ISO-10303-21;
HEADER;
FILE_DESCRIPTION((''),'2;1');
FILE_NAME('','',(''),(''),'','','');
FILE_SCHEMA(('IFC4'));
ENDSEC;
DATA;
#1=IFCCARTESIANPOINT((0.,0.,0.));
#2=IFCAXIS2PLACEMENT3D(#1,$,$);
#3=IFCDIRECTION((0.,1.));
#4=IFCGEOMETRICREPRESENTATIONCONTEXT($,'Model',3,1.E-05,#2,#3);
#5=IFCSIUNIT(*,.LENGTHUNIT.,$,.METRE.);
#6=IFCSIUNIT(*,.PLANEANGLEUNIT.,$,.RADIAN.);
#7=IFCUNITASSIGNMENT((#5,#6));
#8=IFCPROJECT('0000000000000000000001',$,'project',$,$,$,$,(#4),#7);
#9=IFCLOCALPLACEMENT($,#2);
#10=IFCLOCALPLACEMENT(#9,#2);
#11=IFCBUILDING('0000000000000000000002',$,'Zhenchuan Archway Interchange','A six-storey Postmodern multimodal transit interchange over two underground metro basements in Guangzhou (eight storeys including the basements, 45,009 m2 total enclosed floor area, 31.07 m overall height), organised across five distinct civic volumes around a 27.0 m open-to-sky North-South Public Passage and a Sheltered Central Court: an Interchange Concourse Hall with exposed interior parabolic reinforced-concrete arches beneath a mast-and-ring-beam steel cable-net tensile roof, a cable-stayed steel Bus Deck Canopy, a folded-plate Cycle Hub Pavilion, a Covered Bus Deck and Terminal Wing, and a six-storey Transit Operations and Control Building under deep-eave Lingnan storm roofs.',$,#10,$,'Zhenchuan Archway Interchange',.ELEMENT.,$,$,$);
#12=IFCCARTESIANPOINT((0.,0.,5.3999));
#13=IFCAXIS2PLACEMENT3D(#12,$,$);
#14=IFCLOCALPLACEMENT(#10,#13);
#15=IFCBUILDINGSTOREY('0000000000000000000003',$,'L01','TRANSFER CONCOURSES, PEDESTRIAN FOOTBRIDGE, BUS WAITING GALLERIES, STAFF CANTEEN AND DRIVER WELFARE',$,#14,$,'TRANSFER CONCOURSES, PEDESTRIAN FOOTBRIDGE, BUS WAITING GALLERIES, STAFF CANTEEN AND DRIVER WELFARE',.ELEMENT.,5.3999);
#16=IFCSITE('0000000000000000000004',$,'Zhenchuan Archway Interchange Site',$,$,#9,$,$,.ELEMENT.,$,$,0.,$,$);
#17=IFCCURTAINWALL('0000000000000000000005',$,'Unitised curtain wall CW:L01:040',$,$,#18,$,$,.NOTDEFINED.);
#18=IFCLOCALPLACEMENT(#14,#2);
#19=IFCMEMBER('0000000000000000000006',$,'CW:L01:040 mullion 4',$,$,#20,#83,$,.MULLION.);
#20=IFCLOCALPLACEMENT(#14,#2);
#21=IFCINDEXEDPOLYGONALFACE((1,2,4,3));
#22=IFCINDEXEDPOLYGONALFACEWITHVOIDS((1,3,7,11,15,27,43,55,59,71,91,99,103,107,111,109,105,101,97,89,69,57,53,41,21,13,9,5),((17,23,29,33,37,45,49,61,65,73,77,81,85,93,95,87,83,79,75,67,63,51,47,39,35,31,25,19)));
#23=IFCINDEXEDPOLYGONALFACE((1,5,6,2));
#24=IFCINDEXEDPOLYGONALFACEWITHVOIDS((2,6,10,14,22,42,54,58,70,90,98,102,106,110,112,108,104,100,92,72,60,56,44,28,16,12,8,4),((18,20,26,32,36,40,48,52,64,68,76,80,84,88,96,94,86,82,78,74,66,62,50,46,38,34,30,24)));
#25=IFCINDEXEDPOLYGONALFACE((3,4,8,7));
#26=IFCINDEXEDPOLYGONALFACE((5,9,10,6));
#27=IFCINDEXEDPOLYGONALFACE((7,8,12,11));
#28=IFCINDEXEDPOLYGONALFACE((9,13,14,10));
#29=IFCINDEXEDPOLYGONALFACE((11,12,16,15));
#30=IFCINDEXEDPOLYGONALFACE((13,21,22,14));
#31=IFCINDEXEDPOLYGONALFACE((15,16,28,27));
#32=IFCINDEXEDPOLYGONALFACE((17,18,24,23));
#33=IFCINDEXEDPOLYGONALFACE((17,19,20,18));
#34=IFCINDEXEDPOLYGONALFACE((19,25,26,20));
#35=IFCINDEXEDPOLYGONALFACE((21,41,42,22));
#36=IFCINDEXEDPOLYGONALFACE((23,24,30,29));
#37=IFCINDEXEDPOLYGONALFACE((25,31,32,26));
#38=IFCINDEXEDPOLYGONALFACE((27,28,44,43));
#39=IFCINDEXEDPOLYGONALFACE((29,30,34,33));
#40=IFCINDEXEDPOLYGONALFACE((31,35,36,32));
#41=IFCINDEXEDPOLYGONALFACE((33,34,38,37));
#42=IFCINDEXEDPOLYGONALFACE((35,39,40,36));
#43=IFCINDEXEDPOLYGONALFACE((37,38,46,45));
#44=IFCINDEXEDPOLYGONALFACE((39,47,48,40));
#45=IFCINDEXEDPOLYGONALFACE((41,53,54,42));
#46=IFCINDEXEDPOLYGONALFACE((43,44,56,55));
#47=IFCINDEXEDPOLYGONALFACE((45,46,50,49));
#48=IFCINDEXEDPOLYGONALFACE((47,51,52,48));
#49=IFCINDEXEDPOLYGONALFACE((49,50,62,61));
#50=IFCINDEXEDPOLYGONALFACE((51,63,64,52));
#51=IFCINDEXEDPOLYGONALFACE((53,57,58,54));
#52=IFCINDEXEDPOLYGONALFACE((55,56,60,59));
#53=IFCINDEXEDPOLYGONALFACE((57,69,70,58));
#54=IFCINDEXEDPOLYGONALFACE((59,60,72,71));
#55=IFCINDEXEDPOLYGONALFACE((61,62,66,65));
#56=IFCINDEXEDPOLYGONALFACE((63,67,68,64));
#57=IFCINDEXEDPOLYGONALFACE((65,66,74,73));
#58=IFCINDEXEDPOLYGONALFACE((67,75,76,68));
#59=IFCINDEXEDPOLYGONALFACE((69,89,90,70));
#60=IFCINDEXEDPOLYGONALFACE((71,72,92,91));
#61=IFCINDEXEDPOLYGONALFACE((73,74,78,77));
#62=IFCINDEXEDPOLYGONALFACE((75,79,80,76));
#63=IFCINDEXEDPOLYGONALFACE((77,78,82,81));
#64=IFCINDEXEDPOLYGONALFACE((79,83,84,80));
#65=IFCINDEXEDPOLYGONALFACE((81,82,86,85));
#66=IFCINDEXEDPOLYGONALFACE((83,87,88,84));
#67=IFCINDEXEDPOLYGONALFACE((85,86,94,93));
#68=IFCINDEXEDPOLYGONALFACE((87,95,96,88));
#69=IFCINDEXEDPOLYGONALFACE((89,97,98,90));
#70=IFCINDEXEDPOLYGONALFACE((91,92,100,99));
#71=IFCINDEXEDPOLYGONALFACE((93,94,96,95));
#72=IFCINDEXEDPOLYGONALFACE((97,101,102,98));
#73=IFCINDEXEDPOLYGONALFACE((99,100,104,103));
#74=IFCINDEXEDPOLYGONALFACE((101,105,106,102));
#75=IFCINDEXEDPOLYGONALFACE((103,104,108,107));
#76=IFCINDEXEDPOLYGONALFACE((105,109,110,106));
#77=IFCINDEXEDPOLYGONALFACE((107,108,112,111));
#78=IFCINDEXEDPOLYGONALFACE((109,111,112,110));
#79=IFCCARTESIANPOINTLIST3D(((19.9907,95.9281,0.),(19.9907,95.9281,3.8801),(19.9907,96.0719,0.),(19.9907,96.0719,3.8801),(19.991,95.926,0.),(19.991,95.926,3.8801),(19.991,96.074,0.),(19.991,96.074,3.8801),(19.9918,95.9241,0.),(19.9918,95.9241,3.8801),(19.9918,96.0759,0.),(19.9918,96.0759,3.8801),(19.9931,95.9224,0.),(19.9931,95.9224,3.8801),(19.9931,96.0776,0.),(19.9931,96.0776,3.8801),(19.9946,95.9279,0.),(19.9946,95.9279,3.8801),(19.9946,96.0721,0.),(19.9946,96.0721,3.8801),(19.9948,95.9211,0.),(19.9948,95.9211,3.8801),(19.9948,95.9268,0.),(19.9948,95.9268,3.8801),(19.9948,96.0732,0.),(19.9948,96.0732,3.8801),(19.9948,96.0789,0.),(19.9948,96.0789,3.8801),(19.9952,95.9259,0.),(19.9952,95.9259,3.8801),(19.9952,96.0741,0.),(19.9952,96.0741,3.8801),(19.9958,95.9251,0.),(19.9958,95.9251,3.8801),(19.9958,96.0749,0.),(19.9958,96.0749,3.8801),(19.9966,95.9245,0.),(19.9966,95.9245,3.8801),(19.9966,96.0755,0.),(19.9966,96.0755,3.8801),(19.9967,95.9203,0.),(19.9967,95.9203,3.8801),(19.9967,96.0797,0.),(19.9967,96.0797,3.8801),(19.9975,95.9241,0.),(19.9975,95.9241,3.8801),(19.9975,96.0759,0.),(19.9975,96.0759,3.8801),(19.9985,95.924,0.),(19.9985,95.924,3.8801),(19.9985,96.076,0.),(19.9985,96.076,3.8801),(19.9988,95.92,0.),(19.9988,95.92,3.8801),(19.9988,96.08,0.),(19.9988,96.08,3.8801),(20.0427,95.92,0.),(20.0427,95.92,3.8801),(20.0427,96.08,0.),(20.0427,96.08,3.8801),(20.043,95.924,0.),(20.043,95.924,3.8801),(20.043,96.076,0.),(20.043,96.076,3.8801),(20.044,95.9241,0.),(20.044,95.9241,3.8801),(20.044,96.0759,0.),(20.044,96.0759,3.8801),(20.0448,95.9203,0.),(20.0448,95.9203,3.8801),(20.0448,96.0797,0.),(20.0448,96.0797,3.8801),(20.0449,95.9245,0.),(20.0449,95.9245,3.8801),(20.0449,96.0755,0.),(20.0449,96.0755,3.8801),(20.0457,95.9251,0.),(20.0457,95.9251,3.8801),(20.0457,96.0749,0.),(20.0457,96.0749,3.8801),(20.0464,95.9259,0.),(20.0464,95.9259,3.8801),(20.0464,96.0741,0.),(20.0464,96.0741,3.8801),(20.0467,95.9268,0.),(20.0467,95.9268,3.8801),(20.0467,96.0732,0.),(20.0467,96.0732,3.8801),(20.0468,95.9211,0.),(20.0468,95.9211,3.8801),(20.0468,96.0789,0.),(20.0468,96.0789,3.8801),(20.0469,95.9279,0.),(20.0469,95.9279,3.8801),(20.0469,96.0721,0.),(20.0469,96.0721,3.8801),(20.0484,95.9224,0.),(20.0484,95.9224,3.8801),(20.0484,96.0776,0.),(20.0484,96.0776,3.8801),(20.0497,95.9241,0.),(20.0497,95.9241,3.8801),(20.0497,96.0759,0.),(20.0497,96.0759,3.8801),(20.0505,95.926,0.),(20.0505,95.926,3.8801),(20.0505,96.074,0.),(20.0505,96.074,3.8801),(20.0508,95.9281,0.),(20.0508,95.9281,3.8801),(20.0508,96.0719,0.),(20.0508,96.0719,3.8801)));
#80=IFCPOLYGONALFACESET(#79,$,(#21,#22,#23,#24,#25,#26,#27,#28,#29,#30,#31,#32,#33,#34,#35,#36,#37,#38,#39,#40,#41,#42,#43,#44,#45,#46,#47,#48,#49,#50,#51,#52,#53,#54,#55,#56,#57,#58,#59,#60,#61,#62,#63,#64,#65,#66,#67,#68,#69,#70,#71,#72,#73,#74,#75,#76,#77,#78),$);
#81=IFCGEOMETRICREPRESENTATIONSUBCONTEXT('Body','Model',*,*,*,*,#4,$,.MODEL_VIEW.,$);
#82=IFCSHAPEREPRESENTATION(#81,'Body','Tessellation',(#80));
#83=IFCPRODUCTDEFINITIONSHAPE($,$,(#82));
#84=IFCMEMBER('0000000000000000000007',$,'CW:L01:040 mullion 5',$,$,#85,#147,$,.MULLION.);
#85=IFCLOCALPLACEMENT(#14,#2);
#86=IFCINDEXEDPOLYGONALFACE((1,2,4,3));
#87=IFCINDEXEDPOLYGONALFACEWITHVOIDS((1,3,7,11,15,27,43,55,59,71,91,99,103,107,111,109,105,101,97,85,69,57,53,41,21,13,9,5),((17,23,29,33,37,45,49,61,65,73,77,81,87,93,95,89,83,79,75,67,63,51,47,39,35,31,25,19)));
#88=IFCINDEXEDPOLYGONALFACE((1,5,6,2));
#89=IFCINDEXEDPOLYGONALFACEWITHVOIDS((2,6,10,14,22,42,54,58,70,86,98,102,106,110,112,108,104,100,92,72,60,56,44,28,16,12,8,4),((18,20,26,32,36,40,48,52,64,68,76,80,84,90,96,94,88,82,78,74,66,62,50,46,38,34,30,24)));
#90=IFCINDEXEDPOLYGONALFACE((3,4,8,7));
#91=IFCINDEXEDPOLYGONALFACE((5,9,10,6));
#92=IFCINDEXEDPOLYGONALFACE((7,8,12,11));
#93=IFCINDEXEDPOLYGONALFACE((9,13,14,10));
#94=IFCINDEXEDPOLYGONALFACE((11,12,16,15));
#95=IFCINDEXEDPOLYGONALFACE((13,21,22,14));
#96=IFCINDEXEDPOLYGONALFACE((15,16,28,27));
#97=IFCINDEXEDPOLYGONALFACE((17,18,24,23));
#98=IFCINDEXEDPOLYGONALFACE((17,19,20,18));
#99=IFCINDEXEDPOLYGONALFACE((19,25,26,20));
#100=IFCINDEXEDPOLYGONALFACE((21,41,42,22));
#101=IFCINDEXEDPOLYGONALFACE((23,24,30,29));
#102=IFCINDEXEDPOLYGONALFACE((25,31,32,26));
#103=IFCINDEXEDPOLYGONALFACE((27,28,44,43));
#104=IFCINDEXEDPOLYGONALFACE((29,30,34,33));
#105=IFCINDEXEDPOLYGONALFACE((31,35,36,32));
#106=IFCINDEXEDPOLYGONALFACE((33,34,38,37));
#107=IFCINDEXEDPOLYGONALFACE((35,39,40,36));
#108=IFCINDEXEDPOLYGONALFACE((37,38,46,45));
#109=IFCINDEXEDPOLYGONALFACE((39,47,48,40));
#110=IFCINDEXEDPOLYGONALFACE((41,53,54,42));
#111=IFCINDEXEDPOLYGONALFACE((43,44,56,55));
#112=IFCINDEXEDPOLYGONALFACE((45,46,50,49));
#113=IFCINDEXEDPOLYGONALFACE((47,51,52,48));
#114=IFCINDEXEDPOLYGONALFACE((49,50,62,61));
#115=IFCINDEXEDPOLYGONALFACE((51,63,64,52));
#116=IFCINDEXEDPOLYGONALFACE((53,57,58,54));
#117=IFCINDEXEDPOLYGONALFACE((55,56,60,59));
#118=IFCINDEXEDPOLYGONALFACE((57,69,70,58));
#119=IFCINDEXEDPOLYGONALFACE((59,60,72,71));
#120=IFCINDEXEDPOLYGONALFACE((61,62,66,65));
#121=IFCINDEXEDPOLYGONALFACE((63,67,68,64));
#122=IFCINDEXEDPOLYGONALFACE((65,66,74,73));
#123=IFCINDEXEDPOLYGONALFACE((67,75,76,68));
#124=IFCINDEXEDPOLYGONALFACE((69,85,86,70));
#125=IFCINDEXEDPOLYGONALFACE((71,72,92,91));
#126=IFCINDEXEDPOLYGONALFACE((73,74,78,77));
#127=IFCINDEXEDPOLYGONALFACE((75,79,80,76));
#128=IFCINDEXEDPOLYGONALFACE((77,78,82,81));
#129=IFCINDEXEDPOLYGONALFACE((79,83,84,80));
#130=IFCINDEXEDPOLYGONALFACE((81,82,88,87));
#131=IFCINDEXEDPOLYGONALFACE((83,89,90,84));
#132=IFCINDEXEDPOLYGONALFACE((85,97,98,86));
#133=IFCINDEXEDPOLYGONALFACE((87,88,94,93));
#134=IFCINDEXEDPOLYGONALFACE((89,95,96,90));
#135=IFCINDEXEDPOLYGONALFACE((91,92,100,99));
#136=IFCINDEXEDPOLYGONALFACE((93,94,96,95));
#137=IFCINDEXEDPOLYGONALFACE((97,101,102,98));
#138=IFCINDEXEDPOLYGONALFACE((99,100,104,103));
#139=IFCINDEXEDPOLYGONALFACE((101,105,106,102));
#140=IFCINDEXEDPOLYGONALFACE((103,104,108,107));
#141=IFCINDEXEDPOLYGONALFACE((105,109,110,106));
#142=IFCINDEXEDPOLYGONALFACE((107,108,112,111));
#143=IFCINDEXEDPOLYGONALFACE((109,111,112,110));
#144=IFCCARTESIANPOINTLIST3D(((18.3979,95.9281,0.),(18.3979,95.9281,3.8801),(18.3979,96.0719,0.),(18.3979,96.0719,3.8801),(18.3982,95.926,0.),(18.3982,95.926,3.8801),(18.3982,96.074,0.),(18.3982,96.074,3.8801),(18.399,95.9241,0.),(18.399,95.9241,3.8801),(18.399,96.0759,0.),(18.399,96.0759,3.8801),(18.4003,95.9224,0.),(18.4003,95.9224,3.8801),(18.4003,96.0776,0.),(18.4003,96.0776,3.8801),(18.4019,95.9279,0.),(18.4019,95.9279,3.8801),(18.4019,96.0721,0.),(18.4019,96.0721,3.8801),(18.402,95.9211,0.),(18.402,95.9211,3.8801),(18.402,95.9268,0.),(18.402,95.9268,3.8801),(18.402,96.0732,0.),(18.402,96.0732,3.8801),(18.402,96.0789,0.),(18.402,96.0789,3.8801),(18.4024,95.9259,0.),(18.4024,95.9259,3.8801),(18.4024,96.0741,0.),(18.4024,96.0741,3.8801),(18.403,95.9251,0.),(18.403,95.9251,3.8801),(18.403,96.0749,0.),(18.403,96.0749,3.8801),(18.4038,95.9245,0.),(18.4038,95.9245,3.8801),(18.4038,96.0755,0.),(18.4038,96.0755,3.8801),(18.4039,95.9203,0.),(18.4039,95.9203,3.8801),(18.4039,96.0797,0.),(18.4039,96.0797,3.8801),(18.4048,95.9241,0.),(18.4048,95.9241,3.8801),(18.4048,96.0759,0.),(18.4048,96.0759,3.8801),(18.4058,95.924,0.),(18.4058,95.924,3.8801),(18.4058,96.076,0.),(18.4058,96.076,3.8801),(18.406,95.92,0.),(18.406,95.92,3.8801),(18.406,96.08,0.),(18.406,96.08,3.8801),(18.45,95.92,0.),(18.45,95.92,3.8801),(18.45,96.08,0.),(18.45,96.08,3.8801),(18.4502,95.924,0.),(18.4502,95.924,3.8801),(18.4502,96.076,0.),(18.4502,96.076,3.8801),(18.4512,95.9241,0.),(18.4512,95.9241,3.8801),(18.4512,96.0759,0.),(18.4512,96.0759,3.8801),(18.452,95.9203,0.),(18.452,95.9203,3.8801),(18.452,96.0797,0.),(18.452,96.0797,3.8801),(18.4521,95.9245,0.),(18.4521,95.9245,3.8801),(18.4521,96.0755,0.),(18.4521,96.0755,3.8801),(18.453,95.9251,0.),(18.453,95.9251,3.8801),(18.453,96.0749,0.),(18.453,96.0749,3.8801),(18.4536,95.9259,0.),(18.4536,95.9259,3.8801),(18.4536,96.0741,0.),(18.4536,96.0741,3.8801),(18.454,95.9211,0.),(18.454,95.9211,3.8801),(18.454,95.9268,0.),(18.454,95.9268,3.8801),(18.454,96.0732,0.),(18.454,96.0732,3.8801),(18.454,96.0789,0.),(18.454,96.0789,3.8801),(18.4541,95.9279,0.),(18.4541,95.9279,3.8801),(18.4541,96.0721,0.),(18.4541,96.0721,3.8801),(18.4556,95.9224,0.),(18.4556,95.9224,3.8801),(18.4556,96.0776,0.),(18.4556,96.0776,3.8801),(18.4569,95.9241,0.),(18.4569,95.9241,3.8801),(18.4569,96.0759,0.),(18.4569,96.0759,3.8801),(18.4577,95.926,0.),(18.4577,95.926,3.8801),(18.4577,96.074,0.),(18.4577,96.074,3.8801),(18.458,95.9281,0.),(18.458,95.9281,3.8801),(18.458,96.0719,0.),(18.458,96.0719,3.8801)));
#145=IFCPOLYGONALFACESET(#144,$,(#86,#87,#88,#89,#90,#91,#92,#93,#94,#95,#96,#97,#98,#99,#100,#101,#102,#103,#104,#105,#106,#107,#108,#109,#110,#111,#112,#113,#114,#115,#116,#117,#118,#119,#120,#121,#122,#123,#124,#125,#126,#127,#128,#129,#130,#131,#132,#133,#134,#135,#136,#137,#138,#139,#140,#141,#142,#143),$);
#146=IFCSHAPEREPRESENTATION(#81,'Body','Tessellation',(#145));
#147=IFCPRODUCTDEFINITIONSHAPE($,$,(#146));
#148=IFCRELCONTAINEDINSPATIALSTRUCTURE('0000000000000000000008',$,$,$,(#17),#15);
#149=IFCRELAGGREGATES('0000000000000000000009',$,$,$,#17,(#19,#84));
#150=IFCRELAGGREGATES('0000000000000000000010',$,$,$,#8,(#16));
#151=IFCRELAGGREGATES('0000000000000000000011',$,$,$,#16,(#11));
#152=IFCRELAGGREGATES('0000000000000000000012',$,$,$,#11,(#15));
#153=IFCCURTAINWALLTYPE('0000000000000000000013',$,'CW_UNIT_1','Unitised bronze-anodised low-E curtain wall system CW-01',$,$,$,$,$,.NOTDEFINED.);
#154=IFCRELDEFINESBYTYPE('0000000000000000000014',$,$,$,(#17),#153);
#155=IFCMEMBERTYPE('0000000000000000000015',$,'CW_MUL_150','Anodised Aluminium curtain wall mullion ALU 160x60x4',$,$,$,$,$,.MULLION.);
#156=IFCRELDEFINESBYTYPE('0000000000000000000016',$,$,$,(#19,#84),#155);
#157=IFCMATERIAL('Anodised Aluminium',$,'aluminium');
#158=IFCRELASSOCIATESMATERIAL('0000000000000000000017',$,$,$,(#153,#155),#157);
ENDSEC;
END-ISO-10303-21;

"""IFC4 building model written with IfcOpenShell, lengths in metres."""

from ifc_helpers import new_model, si_unit, direction, frame, origin, origin_2d, place, context, subcontext, project, spatial, hollow_rectangle, extrude, material, material_profile, profile_set, type_object, element, aggregate, save


model = new_model("IFC4")

# Units and contexts
model_context = context("Model", 3, precision=1e-05, world=origin(), true_north=direction((0.0, 1.0)))
body_context = subcontext(model_context, "Body", "Model", "MODEL_VIEW")
ifc_project = project(units=[si_unit("LENGTHUNIT", "METRE"), si_unit("PLANEANGLEUNIT", "RADIAN")], contexts=[model_context])

# Site, building, storey
site_placement = place(None, origin())
site = spatial("IfcSite", under=ifc_project, at=site_placement, Name="Zhenchuan Archway Interchange Site", CompositionType="ELEMENT", RefElevation=0.0)
building_placement = place(site_placement, origin())
building = spatial("IfcBuilding", under=site, at=building_placement, Name="Zhenchuan Archway Interchange", Description="A six-storey Postmodern multimodal transit interchange over two underground metro basements in Guangzhou (eight storeys including the basements, 45,009 m2 total enclosed floor area, 31.07 m overall height), organised across five distinct civic volumes around a 27.0 m open-to-sky North-South Public Passage and a Sheltered Central Court: an Interchange Concourse Hall with exposed interior parabolic reinforced-concrete arches beneath a mast-and-ring-beam steel cable-net tensile roof, a cable-stayed steel Bus Deck Canopy, a folded-plate Cycle Hub Pavilion, a Covered Bus Deck and Terminal Wing, and a six-storey Transit Operations and Control Building under deep-eave Lingnan storm roofs.", LongName="Zhenchuan Archway Interchange", CompositionType="ELEMENT")
storey_placement = place(building_placement, frame((0.0, 0.0, 5.3999)))
storey = spatial("IfcBuildingStorey", under=building, at=storey_placement, Name="L01", Description="TRANSFER CONCOURSES, PEDESTRIAN FOOTBRIDGE, BUS WAITING GALLERIES, STAFF CANTEEN AND DRIVER WELFARE", LongName="TRANSFER CONCOURSES, PEDESTRIAN FOOTBRIDGE, BUS WAITING GALLERIES, STAFF CANTEEN AND DRIVER WELFARE", CompositionType="ELEMENT", Elevation=5.3999)

# Curtain wall, members
ifc_material_1 = material(Name="Anodised Aluminium", Category="aluminium")
curtain_wall_type = type_object("IfcCurtainWallType", Name="CW_UNIT_1", Description="Unitised bronze-anodised low-E curtain wall system CW-01", PredefinedType="NOTDEFINED", material=ifc_material_1)
curtain_wall_placement = place(storey_placement, origin())
curtain_wall = element("IfcCurtainWall", 1, at=curtain_wall_placement, inside=storey, type_object=curtain_wall_type, Name="Unitised curtain wall CW:L01:040", PredefinedType="NOTDEFINED")
ifc_material_profile_1 = material_profile(ifc_material_1, hollow_rectangle(XDim=0.0601, YDim=0.1599, WallThickness=0.0039, InnerFilletRadius=0.0039, OuterFilletRadius=0.0081, at=origin_2d()), Name="ALU 160x60x4")
ifc_profile_set_1 = profile_set([ifc_material_profile_1], Name="Anodised Aluminium")
member_type_1 = type_object("IfcMemberType", Name="CW_MUL_150", Description="Anodised Aluminium curtain wall mullion ALU 160x60x4", PredefinedType="MULLION", material=ifc_profile_set_1)
member_1_placement = place(storey_placement, frame((20.0208, 96.0, 0.0), z_axis=(0.0, 0.0, 1.0), x_axis=(1.0, 0.0, 0.0)))
member_1 = element("IfcMember", 2, at=member_1_placement, type_object=member_type_1, Name="CW:L01:040 mullion 4", PredefinedType="MULLION", context=body_context, shape_type="SweptSolid", body=[
    extrude(hollow_rectangle(XDim=0.0601, YDim=0.1599, WallThickness=0.0039, InnerFilletRadius=0.0039, OuterFilletRadius=0.0081, at=origin_2d()), origin(), (0.0, 0.0, 1.0), 3.8801),
])
member_2_placement = place(storey_placement, frame((18.428, 96.0, 0.0), z_axis=(0.0, 0.0, 1.0), x_axis=(1.0, 0.0, 0.0)))
member_2 = element("IfcMember", 3, at=member_2_placement, type_object=member_type_1, Name="CW:L01:040 mullion 5", PredefinedType="MULLION", context=body_context, shape_type="SweptSolid", body=[
    extrude(hollow_rectangle(XDim=0.0601, YDim=0.1599, WallThickness=0.0039, InnerFilletRadius=0.0039, OuterFilletRadius=0.0081, at=origin_2d()), origin(), (0.0, 0.0, 1.0), 3.8801),
])

aggregate(curtain_wall, [member_1, member_2])

save(model, "model.ifc")
